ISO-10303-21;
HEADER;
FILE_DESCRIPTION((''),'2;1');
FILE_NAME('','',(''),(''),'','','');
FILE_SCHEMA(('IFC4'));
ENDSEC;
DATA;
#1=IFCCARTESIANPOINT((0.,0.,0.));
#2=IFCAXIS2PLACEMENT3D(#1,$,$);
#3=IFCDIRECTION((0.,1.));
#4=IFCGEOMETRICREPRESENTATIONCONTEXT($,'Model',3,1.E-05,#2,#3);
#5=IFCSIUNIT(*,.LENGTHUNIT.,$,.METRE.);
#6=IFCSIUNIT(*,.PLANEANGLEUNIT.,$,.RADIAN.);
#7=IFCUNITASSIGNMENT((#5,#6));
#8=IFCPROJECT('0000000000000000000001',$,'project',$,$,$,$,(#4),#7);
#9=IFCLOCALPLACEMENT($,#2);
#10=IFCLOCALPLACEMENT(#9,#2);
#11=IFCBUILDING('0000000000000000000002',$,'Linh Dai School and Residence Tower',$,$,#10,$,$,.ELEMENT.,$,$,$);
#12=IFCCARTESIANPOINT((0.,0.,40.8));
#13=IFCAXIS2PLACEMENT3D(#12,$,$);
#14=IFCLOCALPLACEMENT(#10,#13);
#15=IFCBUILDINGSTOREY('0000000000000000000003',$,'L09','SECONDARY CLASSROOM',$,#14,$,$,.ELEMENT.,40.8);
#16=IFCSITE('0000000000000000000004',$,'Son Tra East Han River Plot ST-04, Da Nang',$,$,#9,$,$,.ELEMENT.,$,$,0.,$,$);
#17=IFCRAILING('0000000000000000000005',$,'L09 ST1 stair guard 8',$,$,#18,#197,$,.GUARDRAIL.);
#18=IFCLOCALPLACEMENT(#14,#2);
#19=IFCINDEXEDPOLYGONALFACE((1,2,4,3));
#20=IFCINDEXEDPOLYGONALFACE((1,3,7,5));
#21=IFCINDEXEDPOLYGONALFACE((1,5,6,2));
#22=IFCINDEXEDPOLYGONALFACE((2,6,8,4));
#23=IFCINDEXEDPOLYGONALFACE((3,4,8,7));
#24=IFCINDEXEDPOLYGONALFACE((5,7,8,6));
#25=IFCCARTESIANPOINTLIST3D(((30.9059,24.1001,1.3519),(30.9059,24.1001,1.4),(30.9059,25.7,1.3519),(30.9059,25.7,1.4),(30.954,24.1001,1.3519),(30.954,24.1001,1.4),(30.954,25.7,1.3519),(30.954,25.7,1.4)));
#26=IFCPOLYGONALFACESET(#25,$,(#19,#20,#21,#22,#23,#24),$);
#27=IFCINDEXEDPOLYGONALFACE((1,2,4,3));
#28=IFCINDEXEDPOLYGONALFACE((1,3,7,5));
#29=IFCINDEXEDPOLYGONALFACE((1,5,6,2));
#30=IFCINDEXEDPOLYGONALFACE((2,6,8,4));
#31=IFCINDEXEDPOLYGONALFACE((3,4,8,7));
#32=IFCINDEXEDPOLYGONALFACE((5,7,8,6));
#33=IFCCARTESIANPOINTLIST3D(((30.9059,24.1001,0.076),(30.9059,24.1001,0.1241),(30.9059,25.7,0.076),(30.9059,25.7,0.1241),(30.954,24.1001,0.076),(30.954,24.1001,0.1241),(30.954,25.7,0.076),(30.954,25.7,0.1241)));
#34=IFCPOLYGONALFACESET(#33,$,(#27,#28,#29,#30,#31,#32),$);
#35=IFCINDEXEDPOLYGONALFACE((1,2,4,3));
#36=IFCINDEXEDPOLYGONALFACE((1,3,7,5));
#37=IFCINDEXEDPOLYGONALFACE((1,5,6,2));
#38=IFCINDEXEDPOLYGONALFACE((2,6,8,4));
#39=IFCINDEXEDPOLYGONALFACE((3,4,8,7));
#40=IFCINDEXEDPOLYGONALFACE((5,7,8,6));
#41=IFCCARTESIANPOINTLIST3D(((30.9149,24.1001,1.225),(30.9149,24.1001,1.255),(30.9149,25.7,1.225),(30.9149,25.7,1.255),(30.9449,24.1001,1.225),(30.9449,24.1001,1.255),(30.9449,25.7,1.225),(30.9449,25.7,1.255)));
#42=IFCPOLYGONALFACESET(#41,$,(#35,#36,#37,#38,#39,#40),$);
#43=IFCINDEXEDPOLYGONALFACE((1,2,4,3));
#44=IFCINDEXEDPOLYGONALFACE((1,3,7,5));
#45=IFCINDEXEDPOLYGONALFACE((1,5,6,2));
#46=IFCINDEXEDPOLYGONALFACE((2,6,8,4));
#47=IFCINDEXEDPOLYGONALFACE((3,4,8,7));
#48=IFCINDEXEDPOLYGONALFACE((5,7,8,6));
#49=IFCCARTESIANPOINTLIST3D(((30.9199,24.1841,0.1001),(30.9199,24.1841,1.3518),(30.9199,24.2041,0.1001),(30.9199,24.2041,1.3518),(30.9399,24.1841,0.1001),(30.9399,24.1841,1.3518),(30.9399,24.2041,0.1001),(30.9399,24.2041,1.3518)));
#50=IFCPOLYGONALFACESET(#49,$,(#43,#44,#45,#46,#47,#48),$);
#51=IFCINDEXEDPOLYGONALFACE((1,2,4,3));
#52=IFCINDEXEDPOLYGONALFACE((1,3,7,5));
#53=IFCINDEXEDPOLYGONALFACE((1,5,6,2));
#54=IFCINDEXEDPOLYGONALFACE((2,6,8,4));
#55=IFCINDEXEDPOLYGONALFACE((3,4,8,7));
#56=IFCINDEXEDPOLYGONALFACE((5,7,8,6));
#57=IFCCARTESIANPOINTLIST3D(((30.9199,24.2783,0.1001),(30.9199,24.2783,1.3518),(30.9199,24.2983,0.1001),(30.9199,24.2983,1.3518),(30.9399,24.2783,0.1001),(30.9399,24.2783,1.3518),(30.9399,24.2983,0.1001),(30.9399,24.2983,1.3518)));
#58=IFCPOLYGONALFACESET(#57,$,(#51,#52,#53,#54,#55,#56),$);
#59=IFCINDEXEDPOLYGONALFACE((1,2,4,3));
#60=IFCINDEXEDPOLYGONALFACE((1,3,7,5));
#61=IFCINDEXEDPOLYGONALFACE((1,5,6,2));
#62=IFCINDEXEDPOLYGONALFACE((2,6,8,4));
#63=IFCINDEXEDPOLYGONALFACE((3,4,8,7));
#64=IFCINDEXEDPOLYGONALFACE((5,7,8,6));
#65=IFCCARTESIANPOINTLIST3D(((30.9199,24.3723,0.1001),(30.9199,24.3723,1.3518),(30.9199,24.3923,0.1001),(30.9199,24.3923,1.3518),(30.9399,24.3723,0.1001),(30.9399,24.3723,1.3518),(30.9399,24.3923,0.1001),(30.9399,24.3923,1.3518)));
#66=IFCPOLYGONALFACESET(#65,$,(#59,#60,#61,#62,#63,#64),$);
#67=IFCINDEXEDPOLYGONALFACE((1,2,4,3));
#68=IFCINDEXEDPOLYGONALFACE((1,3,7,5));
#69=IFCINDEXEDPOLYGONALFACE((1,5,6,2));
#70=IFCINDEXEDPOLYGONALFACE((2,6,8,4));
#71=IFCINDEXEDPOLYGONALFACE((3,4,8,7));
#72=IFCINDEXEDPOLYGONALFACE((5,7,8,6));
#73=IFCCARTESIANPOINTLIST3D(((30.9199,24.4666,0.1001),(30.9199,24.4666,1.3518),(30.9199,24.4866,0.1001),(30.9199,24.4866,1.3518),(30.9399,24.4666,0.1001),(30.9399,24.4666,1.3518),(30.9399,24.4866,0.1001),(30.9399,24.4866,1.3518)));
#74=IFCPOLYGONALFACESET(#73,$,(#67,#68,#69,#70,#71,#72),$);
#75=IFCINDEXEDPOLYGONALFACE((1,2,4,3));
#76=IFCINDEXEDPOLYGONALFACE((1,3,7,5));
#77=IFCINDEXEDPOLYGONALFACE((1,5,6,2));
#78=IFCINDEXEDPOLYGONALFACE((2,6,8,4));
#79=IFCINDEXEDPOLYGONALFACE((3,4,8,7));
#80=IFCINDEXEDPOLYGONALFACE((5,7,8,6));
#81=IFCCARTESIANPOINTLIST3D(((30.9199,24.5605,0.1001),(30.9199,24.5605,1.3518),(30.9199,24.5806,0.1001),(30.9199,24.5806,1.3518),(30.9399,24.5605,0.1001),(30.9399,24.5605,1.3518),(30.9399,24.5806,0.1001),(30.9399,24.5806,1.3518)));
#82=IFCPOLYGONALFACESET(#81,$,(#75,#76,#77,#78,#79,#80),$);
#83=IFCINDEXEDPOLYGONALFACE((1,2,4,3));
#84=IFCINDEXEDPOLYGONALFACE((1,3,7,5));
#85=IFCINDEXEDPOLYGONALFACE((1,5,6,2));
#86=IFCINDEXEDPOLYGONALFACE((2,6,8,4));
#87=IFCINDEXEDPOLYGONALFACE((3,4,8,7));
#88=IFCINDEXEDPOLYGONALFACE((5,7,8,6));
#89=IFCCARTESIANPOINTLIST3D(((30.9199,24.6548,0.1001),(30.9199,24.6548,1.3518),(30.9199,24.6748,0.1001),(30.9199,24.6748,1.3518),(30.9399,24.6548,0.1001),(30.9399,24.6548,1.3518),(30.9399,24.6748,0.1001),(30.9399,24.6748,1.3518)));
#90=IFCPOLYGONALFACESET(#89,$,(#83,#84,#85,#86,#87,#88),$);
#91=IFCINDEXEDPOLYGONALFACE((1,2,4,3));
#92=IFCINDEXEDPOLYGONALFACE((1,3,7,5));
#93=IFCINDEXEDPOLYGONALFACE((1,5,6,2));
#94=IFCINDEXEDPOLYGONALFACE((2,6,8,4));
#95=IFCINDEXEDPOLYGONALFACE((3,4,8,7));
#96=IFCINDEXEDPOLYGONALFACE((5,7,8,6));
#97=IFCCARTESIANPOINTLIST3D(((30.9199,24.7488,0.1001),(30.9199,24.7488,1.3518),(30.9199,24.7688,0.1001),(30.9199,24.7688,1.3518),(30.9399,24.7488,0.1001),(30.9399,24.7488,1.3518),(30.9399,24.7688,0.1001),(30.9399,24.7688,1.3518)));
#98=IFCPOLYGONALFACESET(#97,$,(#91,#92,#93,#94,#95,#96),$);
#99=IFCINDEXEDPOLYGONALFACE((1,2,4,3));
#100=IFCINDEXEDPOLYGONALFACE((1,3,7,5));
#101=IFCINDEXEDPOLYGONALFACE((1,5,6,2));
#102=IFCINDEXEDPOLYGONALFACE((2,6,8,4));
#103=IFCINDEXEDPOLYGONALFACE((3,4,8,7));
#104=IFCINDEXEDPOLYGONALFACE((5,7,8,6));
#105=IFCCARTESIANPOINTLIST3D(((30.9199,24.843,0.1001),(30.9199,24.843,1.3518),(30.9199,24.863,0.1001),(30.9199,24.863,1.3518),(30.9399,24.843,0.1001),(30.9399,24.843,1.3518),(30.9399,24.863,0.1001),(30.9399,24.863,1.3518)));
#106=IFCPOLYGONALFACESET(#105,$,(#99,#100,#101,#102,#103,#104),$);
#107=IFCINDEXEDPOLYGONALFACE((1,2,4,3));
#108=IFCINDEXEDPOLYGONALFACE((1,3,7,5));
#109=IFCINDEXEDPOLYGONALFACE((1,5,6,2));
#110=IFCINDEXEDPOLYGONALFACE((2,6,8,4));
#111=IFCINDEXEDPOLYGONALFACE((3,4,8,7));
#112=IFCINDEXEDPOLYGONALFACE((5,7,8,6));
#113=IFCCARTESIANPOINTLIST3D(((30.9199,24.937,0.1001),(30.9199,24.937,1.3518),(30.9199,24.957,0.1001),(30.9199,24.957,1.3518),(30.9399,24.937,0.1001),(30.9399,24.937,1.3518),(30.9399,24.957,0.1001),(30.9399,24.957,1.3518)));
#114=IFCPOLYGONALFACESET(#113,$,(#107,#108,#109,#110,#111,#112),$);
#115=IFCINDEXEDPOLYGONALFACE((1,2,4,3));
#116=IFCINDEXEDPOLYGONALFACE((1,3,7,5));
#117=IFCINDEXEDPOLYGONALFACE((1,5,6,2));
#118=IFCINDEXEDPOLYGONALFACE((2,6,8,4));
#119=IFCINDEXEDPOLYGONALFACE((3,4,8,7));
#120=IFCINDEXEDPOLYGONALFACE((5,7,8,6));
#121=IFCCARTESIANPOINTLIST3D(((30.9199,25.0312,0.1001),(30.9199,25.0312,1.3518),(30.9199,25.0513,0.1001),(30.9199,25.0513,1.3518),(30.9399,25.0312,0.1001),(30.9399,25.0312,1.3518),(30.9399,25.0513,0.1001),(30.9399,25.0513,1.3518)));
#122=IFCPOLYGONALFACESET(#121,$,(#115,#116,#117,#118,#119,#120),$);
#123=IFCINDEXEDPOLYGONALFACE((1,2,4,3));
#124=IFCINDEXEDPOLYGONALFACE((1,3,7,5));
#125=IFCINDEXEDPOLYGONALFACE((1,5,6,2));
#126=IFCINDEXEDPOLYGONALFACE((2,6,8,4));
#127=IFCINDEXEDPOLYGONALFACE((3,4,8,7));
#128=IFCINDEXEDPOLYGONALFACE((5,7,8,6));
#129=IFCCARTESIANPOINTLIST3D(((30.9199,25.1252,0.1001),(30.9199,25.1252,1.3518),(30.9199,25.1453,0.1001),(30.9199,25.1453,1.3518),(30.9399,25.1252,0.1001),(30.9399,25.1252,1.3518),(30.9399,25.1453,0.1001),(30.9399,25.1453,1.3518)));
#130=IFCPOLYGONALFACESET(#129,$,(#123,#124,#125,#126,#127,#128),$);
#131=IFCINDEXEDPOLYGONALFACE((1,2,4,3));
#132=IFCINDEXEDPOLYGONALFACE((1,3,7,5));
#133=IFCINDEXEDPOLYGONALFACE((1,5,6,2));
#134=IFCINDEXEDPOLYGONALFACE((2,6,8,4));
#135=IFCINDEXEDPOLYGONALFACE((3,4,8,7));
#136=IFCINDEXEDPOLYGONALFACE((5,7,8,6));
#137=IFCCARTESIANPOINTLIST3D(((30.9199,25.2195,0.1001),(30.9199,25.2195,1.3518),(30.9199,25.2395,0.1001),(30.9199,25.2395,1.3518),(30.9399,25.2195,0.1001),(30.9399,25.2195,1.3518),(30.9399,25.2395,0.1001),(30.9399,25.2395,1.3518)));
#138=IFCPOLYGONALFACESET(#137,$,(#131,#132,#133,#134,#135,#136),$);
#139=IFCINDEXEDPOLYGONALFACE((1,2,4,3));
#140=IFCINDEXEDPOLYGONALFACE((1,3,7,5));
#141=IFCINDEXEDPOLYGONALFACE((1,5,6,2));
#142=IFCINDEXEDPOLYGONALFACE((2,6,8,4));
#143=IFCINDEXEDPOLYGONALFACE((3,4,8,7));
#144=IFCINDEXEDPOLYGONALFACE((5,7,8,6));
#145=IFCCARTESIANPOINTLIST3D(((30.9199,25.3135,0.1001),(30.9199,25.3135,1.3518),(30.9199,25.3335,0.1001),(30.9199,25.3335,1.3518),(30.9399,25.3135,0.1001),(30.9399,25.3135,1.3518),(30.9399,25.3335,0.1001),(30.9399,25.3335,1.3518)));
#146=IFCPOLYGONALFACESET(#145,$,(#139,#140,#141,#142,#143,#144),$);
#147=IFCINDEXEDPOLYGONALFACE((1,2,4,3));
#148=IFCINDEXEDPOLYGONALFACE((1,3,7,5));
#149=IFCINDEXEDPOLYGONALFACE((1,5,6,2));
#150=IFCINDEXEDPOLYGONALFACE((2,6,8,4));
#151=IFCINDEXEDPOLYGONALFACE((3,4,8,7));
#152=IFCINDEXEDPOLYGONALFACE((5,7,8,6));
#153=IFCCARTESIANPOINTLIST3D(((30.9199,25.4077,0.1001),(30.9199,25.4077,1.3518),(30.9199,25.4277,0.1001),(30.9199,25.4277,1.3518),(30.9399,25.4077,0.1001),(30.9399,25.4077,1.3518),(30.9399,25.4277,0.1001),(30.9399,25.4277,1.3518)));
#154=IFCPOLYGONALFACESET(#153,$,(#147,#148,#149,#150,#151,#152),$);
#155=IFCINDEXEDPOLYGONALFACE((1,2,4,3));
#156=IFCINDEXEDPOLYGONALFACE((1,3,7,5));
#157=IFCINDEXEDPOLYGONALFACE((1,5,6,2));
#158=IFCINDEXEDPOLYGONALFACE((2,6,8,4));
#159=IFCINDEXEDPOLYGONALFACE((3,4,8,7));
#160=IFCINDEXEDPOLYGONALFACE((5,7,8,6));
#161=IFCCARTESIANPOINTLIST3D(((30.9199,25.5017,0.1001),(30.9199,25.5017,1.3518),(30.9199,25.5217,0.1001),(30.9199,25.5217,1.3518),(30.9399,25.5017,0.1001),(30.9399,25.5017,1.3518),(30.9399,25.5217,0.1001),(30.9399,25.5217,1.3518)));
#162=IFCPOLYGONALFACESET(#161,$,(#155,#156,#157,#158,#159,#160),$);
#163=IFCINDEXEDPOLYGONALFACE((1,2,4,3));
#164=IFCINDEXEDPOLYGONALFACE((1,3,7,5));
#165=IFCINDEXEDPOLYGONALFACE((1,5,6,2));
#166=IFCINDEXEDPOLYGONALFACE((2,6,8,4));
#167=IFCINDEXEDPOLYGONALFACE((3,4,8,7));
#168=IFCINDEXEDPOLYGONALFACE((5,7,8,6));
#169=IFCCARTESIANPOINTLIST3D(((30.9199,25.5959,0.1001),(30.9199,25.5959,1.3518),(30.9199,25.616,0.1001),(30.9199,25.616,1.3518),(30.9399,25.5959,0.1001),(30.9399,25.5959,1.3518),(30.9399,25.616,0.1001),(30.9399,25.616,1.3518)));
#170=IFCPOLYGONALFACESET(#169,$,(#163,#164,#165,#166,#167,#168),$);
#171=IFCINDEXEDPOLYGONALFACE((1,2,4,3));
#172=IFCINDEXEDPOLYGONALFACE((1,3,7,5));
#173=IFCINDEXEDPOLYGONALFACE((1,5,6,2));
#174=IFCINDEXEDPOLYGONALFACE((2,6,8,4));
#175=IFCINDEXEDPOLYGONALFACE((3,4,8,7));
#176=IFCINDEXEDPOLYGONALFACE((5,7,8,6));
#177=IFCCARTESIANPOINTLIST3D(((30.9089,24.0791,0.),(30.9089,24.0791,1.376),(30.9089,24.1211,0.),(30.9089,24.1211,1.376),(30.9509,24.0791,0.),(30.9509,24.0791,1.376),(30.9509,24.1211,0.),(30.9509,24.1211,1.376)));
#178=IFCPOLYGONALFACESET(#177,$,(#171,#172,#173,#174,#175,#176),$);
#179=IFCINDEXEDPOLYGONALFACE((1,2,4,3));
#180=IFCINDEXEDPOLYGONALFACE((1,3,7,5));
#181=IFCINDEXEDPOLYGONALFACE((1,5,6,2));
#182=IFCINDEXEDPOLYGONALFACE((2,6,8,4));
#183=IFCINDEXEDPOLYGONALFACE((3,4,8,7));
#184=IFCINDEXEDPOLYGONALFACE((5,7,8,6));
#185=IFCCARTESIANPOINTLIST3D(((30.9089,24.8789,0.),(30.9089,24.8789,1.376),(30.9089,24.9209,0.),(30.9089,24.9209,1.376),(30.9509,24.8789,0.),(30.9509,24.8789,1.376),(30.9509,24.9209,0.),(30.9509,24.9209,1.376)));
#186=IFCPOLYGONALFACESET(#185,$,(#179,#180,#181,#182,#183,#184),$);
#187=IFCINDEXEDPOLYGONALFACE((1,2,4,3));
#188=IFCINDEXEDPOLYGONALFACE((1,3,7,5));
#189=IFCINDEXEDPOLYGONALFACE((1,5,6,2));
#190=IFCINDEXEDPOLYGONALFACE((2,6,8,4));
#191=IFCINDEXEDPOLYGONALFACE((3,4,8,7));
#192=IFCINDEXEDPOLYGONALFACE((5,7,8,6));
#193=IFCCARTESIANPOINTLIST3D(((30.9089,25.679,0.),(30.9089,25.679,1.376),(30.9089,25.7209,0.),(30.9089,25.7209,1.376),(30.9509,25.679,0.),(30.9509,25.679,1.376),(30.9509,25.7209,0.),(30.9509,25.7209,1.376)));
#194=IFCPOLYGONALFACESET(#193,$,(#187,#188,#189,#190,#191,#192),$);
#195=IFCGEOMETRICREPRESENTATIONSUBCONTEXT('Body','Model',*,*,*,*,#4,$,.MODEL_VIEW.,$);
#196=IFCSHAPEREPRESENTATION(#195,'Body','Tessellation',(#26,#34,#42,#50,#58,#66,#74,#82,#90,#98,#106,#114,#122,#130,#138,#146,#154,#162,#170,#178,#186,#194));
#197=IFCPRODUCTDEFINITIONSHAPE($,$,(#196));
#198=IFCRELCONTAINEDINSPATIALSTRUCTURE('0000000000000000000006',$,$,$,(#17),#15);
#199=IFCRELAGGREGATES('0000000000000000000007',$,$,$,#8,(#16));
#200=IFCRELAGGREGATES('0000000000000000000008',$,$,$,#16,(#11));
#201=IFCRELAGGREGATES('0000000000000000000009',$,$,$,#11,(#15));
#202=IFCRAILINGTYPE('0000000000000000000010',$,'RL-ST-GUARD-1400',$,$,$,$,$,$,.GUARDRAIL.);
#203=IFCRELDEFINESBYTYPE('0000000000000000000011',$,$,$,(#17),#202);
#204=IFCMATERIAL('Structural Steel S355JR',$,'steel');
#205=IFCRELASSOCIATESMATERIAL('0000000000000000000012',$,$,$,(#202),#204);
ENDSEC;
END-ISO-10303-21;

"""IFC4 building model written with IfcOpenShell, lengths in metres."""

from ifc_helpers import new_model, si_unit, direction, frame, origin, origin_2d, place, context, subcontext, project, spatial, rectangle, extrude, source, transform, mapped, material, type_object, element, save


model = new_model("IFC4")

# Units and contexts
model_context = context("Model", 3, precision=1e-05, world=origin(), true_north=direction((0.0, 1.0)))
body_context = subcontext(model_context, "Body", "Model", "MODEL_VIEW")
ifc_project = project(units=[si_unit("LENGTHUNIT", "METRE"), si_unit("PLANEANGLEUNIT", "RADIAN")], contexts=[model_context])

# Site, building, storey
site_placement = place(None, origin())
site = spatial("IfcSite", under=ifc_project, at=site_placement, Name="Son Tra East Han River Plot ST-04, Da Nang", CompositionType="ELEMENT", RefElevation=0.0)
building_placement = place(site_placement, origin())
building = spatial("IfcBuilding", under=site, at=building_placement, Name="Linh Dai School and Residence Tower", CompositionType="ELEMENT")
storey_placement = place(building_placement, frame((0.0, 0.0, 40.8)))
storey = spatial("IfcBuildingStorey", under=building, at=storey_placement, Name="L09", Description="SECONDARY CLASSROOM", CompositionType="ELEMENT", Elevation=40.8)

# Shared definitions
ifc_material_1 = material(Name="Structural Steel S355JR", Category="steel")

# Railing
railing_type_1 = type_object("IfcRailingType", Name="RL-ST-GUARD-1400", PredefinedType="GUARDRAIL", material=ifc_material_1)
shared_shape_1 = source(origin(), body_context, "Body", "SweptSolid", [
    extrude(rectangle(XDim=0.0481, YDim=0.0481, at=origin_2d()), frame((0.0, 0.0, 1.376), z_axis=(0.0, 1.0, 0.0), x_axis=(-1.0, 0.0, 0.0)), (0.0, 0.0, 1.0), 1.5999),
    extrude(rectangle(XDim=0.0481, YDim=0.0481, at=origin_2d()), frame((0.0, 0.0, 0.1001), z_axis=(0.0, 1.0, 0.0), x_axis=(-1.0, 0.0, 0.0)), (0.0, 0.0, 1.0), 1.5999),
    extrude(rectangle(XDim=0.03, YDim=0.03, at=origin_2d()), frame((0.0, 0.0, 1.24), z_axis=(0.0, 1.0, 0.0), x_axis=(-1.0, 0.0, 0.0)), (0.0, 0.0, 1.0), 1.5999),
    extrude(rectangle(XDim=0.02, YDim=0.02, at=origin_2d()), frame((0.0, 0.094, 0.1001)), (0.0, 0.0, 1.0), 1.2517),
    extrude(rectangle(XDim=0.02, YDim=0.02, at=origin_2d()), frame((0.0, 0.1882, 0.1001)), (0.0, 0.0, 1.0), 1.2517),
    extrude(rectangle(XDim=0.02, YDim=0.02, at=origin_2d()), frame((0.0, 0.2822, 0.1001)), (0.0, 0.0, 1.0), 1.2517),
    extrude(rectangle(XDim=0.02, YDim=0.02, at=origin_2d()), frame((0.0, 0.3765, 0.1001)), (0.0, 0.0, 1.0), 1.2517),
    extrude(rectangle(XDim=0.02, YDim=0.02, at=origin_2d()), frame((0.0, 0.4705, 0.1001)), (0.0, 0.0, 1.0), 1.2517),
    extrude(rectangle(XDim=0.02, YDim=0.02, at=origin_2d()), frame((0.0, 0.5647, 0.1001)), (0.0, 0.0, 1.0), 1.2517),
    extrude(rectangle(XDim=0.02, YDim=0.02, at=origin_2d()), frame((0.0, 0.6587, 0.1001)), (0.0, 0.0, 1.0), 1.2517),
    extrude(rectangle(XDim=0.02, YDim=0.02, at=origin_2d()), frame((0.0, 0.7529, 0.1001)), (0.0, 0.0, 1.0), 1.2517),
    extrude(rectangle(XDim=0.02, YDim=0.02, at=origin_2d()), frame((0.0, 0.8469, 0.1001)), (0.0, 0.0, 1.0), 1.2517),
    extrude(rectangle(XDim=0.02, YDim=0.02, at=origin_2d()), frame((0.0, 0.9412, 0.1001)), (0.0, 0.0, 1.0), 1.2517),
    extrude(rectangle(XDim=0.02, YDim=0.02, at=origin_2d()), frame((0.0, 1.0352, 0.1001)), (0.0, 0.0, 1.0), 1.2517),
    extrude(rectangle(XDim=0.02, YDim=0.02, at=origin_2d()), frame((0.0, 1.1294, 0.1001)), (0.0, 0.0, 1.0), 1.2517),
    extrude(rectangle(XDim=0.02, YDim=0.02, at=origin_2d()), frame((0.0, 1.2234, 0.1001)), (0.0, 0.0, 1.0), 1.2517),
    extrude(rectangle(XDim=0.02, YDim=0.02, at=origin_2d()), frame((0.0, 1.3176, 0.1001)), (0.0, 0.0, 1.0), 1.2517),
    extrude(rectangle(XDim=0.02, YDim=0.02, at=origin_2d()), frame((0.0, 1.4116, 0.1001)), (0.0, 0.0, 1.0), 1.2517),
    extrude(rectangle(XDim=0.02, YDim=0.02, at=origin_2d()), frame((0.0, 1.5059, 0.1001)), (0.0, 0.0, 1.0), 1.2517),
    extrude(rectangle(XDim=0.042, YDim=0.042, at=origin_2d()), origin(), (0.0, 0.0, 1.0), 1.376),
    extrude(rectangle(XDim=0.042, YDim=0.042, at=origin_2d()), frame((0.0, 0.7998, 0.0)), (0.0, 0.0, 1.0), 1.376),
    extrude(rectangle(XDim=0.042, YDim=0.042, at=origin_2d()), frame((0.0, 1.5999, 0.0)), (0.0, 0.0, 1.0), 1.376),
])
for number, where, name in (
    (1, (30.9299, 24.1001, 0.0), "L09 ST1 stair guard 8"),
):
    element("IfcRailing", number, at=place(storey_placement, frame(where)), inside=storey, type_object=railing_type_1, Name=name, PredefinedType="GUARDRAIL", context=body_context, shape_type="MappedRepresentation", body=[
        mapped(shared_shape_1, transform((0.0, 0.0, 0.0), x_axis=(1.0, 0.0, 0.0), y_axis=(0.0, 1.0, 0.0), z_axis=(0.0, 0.0, 1.0), scale=1.0)),
    ])

save(model, "model.ifc")
